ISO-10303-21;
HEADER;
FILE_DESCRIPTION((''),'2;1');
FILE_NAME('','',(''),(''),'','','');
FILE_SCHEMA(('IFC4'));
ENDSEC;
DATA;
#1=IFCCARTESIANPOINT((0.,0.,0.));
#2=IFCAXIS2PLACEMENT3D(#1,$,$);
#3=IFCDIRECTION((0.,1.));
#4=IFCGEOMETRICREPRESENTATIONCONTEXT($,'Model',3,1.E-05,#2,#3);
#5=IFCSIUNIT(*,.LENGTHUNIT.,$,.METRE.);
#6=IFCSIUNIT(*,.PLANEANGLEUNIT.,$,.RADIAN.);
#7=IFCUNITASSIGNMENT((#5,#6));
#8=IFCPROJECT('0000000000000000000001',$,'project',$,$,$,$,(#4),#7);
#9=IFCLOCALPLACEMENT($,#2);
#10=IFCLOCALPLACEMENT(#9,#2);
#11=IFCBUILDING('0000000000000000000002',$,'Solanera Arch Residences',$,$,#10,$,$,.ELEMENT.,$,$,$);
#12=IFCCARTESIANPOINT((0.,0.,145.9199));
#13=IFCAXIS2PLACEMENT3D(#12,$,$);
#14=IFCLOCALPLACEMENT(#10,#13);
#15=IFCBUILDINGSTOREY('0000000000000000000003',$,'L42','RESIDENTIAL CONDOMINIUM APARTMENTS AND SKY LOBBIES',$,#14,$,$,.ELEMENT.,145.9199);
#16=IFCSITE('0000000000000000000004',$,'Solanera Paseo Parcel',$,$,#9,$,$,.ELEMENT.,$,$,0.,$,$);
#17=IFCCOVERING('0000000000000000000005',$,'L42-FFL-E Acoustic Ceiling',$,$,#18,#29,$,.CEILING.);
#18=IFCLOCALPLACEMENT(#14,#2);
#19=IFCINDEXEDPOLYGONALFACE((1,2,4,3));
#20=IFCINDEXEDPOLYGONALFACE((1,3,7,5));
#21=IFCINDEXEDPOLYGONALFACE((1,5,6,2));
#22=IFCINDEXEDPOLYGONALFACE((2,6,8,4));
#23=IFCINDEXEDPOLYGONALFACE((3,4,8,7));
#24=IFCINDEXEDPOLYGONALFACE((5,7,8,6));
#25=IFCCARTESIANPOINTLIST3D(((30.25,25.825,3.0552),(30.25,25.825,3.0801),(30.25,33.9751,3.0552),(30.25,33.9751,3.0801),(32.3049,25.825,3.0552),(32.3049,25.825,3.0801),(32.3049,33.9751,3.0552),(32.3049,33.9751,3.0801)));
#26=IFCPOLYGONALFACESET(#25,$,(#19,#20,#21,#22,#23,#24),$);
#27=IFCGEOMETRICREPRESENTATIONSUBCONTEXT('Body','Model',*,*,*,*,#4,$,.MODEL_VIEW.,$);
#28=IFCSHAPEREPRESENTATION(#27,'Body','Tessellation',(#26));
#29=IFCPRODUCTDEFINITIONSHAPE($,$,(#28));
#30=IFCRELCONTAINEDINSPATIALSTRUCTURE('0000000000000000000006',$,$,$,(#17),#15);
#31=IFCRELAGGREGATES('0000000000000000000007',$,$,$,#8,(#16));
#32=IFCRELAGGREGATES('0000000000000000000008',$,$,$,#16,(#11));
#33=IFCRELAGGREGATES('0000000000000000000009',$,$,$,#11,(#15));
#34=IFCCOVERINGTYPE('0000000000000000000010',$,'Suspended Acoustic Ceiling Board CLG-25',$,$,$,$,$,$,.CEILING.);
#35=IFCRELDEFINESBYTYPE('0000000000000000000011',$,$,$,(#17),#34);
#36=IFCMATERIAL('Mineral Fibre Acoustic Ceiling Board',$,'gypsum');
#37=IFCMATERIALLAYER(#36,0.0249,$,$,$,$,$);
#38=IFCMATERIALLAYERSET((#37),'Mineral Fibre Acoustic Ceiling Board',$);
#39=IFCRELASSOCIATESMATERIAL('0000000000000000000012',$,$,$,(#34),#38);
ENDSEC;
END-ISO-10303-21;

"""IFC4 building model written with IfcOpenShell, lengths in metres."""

from ifc_helpers import new_model, si_unit, direction, frame, origin, place, context, subcontext, project, spatial, polyline, outline, extrude, material, layer, layer_set, type_object, element, save


model = new_model("IFC4")

# Units and contexts
model_context = context("Model", 3, precision=1e-05, world=origin(), true_north=direction((0.0, 1.0)))
body_context = subcontext(model_context, "Body", "Model", "MODEL_VIEW")
ifc_project = project(units=[si_unit("LENGTHUNIT", "METRE"), si_unit("PLANEANGLEUNIT", "RADIAN")], contexts=[model_context])

# Site, building, storey
site_placement = place(None, origin())
site = spatial("IfcSite", under=ifc_project, at=site_placement, Name="Solanera Paseo Parcel", CompositionType="ELEMENT", RefElevation=0.0)
building_placement = place(site_placement, origin())
building = spatial("IfcBuilding", under=site, at=building_placement, Name="Solanera Arch Residences", CompositionType="ELEMENT")
storey_placement = place(building_placement, frame((0.0, 0.0, 145.9199)))
storey = spatial("IfcBuildingStorey", under=building, at=storey_placement, Name="L42", Description="RESIDENTIAL CONDOMINIUM APARTMENTS AND SKY LOBBIES", CompositionType="ELEMENT", Elevation=145.9199)

# Covering
ifc_material_1 = material(Name="Mineral Fibre Acoustic Ceiling Board", Category="gypsum")
ifc_layer_1 = layer(ifc_material_1, 0.0249)
ifc_layer_set_1 = layer_set([ifc_layer_1], Name="Mineral Fibre Acoustic Ceiling Board")
covering_type_1 = type_object("IfcCoveringType", Name="Suspended Acoustic Ceiling Board CLG-25", PredefinedType="CEILING", material=ifc_layer_set_1)
covering_1_placement = place(storey_placement, frame((0.0, 0.0, 3.0552)))
element("IfcCovering", 1, at=covering_1_placement, inside=storey, type_object=covering_type_1, Name="L42-FFL-E Acoustic Ceiling", PredefinedType="CEILING", context=body_context, shape_type="SweptSolid", body=[
    extrude(outline(polyline([(32.3049, 25.825), (30.25, 25.825), (30.25, 33.9751), (32.3049, 33.9751), (32.3049, 25.825)])), origin(), (0.0, 0.0, 1.0), 0.0249),
])

save(model, "model.ifc")
